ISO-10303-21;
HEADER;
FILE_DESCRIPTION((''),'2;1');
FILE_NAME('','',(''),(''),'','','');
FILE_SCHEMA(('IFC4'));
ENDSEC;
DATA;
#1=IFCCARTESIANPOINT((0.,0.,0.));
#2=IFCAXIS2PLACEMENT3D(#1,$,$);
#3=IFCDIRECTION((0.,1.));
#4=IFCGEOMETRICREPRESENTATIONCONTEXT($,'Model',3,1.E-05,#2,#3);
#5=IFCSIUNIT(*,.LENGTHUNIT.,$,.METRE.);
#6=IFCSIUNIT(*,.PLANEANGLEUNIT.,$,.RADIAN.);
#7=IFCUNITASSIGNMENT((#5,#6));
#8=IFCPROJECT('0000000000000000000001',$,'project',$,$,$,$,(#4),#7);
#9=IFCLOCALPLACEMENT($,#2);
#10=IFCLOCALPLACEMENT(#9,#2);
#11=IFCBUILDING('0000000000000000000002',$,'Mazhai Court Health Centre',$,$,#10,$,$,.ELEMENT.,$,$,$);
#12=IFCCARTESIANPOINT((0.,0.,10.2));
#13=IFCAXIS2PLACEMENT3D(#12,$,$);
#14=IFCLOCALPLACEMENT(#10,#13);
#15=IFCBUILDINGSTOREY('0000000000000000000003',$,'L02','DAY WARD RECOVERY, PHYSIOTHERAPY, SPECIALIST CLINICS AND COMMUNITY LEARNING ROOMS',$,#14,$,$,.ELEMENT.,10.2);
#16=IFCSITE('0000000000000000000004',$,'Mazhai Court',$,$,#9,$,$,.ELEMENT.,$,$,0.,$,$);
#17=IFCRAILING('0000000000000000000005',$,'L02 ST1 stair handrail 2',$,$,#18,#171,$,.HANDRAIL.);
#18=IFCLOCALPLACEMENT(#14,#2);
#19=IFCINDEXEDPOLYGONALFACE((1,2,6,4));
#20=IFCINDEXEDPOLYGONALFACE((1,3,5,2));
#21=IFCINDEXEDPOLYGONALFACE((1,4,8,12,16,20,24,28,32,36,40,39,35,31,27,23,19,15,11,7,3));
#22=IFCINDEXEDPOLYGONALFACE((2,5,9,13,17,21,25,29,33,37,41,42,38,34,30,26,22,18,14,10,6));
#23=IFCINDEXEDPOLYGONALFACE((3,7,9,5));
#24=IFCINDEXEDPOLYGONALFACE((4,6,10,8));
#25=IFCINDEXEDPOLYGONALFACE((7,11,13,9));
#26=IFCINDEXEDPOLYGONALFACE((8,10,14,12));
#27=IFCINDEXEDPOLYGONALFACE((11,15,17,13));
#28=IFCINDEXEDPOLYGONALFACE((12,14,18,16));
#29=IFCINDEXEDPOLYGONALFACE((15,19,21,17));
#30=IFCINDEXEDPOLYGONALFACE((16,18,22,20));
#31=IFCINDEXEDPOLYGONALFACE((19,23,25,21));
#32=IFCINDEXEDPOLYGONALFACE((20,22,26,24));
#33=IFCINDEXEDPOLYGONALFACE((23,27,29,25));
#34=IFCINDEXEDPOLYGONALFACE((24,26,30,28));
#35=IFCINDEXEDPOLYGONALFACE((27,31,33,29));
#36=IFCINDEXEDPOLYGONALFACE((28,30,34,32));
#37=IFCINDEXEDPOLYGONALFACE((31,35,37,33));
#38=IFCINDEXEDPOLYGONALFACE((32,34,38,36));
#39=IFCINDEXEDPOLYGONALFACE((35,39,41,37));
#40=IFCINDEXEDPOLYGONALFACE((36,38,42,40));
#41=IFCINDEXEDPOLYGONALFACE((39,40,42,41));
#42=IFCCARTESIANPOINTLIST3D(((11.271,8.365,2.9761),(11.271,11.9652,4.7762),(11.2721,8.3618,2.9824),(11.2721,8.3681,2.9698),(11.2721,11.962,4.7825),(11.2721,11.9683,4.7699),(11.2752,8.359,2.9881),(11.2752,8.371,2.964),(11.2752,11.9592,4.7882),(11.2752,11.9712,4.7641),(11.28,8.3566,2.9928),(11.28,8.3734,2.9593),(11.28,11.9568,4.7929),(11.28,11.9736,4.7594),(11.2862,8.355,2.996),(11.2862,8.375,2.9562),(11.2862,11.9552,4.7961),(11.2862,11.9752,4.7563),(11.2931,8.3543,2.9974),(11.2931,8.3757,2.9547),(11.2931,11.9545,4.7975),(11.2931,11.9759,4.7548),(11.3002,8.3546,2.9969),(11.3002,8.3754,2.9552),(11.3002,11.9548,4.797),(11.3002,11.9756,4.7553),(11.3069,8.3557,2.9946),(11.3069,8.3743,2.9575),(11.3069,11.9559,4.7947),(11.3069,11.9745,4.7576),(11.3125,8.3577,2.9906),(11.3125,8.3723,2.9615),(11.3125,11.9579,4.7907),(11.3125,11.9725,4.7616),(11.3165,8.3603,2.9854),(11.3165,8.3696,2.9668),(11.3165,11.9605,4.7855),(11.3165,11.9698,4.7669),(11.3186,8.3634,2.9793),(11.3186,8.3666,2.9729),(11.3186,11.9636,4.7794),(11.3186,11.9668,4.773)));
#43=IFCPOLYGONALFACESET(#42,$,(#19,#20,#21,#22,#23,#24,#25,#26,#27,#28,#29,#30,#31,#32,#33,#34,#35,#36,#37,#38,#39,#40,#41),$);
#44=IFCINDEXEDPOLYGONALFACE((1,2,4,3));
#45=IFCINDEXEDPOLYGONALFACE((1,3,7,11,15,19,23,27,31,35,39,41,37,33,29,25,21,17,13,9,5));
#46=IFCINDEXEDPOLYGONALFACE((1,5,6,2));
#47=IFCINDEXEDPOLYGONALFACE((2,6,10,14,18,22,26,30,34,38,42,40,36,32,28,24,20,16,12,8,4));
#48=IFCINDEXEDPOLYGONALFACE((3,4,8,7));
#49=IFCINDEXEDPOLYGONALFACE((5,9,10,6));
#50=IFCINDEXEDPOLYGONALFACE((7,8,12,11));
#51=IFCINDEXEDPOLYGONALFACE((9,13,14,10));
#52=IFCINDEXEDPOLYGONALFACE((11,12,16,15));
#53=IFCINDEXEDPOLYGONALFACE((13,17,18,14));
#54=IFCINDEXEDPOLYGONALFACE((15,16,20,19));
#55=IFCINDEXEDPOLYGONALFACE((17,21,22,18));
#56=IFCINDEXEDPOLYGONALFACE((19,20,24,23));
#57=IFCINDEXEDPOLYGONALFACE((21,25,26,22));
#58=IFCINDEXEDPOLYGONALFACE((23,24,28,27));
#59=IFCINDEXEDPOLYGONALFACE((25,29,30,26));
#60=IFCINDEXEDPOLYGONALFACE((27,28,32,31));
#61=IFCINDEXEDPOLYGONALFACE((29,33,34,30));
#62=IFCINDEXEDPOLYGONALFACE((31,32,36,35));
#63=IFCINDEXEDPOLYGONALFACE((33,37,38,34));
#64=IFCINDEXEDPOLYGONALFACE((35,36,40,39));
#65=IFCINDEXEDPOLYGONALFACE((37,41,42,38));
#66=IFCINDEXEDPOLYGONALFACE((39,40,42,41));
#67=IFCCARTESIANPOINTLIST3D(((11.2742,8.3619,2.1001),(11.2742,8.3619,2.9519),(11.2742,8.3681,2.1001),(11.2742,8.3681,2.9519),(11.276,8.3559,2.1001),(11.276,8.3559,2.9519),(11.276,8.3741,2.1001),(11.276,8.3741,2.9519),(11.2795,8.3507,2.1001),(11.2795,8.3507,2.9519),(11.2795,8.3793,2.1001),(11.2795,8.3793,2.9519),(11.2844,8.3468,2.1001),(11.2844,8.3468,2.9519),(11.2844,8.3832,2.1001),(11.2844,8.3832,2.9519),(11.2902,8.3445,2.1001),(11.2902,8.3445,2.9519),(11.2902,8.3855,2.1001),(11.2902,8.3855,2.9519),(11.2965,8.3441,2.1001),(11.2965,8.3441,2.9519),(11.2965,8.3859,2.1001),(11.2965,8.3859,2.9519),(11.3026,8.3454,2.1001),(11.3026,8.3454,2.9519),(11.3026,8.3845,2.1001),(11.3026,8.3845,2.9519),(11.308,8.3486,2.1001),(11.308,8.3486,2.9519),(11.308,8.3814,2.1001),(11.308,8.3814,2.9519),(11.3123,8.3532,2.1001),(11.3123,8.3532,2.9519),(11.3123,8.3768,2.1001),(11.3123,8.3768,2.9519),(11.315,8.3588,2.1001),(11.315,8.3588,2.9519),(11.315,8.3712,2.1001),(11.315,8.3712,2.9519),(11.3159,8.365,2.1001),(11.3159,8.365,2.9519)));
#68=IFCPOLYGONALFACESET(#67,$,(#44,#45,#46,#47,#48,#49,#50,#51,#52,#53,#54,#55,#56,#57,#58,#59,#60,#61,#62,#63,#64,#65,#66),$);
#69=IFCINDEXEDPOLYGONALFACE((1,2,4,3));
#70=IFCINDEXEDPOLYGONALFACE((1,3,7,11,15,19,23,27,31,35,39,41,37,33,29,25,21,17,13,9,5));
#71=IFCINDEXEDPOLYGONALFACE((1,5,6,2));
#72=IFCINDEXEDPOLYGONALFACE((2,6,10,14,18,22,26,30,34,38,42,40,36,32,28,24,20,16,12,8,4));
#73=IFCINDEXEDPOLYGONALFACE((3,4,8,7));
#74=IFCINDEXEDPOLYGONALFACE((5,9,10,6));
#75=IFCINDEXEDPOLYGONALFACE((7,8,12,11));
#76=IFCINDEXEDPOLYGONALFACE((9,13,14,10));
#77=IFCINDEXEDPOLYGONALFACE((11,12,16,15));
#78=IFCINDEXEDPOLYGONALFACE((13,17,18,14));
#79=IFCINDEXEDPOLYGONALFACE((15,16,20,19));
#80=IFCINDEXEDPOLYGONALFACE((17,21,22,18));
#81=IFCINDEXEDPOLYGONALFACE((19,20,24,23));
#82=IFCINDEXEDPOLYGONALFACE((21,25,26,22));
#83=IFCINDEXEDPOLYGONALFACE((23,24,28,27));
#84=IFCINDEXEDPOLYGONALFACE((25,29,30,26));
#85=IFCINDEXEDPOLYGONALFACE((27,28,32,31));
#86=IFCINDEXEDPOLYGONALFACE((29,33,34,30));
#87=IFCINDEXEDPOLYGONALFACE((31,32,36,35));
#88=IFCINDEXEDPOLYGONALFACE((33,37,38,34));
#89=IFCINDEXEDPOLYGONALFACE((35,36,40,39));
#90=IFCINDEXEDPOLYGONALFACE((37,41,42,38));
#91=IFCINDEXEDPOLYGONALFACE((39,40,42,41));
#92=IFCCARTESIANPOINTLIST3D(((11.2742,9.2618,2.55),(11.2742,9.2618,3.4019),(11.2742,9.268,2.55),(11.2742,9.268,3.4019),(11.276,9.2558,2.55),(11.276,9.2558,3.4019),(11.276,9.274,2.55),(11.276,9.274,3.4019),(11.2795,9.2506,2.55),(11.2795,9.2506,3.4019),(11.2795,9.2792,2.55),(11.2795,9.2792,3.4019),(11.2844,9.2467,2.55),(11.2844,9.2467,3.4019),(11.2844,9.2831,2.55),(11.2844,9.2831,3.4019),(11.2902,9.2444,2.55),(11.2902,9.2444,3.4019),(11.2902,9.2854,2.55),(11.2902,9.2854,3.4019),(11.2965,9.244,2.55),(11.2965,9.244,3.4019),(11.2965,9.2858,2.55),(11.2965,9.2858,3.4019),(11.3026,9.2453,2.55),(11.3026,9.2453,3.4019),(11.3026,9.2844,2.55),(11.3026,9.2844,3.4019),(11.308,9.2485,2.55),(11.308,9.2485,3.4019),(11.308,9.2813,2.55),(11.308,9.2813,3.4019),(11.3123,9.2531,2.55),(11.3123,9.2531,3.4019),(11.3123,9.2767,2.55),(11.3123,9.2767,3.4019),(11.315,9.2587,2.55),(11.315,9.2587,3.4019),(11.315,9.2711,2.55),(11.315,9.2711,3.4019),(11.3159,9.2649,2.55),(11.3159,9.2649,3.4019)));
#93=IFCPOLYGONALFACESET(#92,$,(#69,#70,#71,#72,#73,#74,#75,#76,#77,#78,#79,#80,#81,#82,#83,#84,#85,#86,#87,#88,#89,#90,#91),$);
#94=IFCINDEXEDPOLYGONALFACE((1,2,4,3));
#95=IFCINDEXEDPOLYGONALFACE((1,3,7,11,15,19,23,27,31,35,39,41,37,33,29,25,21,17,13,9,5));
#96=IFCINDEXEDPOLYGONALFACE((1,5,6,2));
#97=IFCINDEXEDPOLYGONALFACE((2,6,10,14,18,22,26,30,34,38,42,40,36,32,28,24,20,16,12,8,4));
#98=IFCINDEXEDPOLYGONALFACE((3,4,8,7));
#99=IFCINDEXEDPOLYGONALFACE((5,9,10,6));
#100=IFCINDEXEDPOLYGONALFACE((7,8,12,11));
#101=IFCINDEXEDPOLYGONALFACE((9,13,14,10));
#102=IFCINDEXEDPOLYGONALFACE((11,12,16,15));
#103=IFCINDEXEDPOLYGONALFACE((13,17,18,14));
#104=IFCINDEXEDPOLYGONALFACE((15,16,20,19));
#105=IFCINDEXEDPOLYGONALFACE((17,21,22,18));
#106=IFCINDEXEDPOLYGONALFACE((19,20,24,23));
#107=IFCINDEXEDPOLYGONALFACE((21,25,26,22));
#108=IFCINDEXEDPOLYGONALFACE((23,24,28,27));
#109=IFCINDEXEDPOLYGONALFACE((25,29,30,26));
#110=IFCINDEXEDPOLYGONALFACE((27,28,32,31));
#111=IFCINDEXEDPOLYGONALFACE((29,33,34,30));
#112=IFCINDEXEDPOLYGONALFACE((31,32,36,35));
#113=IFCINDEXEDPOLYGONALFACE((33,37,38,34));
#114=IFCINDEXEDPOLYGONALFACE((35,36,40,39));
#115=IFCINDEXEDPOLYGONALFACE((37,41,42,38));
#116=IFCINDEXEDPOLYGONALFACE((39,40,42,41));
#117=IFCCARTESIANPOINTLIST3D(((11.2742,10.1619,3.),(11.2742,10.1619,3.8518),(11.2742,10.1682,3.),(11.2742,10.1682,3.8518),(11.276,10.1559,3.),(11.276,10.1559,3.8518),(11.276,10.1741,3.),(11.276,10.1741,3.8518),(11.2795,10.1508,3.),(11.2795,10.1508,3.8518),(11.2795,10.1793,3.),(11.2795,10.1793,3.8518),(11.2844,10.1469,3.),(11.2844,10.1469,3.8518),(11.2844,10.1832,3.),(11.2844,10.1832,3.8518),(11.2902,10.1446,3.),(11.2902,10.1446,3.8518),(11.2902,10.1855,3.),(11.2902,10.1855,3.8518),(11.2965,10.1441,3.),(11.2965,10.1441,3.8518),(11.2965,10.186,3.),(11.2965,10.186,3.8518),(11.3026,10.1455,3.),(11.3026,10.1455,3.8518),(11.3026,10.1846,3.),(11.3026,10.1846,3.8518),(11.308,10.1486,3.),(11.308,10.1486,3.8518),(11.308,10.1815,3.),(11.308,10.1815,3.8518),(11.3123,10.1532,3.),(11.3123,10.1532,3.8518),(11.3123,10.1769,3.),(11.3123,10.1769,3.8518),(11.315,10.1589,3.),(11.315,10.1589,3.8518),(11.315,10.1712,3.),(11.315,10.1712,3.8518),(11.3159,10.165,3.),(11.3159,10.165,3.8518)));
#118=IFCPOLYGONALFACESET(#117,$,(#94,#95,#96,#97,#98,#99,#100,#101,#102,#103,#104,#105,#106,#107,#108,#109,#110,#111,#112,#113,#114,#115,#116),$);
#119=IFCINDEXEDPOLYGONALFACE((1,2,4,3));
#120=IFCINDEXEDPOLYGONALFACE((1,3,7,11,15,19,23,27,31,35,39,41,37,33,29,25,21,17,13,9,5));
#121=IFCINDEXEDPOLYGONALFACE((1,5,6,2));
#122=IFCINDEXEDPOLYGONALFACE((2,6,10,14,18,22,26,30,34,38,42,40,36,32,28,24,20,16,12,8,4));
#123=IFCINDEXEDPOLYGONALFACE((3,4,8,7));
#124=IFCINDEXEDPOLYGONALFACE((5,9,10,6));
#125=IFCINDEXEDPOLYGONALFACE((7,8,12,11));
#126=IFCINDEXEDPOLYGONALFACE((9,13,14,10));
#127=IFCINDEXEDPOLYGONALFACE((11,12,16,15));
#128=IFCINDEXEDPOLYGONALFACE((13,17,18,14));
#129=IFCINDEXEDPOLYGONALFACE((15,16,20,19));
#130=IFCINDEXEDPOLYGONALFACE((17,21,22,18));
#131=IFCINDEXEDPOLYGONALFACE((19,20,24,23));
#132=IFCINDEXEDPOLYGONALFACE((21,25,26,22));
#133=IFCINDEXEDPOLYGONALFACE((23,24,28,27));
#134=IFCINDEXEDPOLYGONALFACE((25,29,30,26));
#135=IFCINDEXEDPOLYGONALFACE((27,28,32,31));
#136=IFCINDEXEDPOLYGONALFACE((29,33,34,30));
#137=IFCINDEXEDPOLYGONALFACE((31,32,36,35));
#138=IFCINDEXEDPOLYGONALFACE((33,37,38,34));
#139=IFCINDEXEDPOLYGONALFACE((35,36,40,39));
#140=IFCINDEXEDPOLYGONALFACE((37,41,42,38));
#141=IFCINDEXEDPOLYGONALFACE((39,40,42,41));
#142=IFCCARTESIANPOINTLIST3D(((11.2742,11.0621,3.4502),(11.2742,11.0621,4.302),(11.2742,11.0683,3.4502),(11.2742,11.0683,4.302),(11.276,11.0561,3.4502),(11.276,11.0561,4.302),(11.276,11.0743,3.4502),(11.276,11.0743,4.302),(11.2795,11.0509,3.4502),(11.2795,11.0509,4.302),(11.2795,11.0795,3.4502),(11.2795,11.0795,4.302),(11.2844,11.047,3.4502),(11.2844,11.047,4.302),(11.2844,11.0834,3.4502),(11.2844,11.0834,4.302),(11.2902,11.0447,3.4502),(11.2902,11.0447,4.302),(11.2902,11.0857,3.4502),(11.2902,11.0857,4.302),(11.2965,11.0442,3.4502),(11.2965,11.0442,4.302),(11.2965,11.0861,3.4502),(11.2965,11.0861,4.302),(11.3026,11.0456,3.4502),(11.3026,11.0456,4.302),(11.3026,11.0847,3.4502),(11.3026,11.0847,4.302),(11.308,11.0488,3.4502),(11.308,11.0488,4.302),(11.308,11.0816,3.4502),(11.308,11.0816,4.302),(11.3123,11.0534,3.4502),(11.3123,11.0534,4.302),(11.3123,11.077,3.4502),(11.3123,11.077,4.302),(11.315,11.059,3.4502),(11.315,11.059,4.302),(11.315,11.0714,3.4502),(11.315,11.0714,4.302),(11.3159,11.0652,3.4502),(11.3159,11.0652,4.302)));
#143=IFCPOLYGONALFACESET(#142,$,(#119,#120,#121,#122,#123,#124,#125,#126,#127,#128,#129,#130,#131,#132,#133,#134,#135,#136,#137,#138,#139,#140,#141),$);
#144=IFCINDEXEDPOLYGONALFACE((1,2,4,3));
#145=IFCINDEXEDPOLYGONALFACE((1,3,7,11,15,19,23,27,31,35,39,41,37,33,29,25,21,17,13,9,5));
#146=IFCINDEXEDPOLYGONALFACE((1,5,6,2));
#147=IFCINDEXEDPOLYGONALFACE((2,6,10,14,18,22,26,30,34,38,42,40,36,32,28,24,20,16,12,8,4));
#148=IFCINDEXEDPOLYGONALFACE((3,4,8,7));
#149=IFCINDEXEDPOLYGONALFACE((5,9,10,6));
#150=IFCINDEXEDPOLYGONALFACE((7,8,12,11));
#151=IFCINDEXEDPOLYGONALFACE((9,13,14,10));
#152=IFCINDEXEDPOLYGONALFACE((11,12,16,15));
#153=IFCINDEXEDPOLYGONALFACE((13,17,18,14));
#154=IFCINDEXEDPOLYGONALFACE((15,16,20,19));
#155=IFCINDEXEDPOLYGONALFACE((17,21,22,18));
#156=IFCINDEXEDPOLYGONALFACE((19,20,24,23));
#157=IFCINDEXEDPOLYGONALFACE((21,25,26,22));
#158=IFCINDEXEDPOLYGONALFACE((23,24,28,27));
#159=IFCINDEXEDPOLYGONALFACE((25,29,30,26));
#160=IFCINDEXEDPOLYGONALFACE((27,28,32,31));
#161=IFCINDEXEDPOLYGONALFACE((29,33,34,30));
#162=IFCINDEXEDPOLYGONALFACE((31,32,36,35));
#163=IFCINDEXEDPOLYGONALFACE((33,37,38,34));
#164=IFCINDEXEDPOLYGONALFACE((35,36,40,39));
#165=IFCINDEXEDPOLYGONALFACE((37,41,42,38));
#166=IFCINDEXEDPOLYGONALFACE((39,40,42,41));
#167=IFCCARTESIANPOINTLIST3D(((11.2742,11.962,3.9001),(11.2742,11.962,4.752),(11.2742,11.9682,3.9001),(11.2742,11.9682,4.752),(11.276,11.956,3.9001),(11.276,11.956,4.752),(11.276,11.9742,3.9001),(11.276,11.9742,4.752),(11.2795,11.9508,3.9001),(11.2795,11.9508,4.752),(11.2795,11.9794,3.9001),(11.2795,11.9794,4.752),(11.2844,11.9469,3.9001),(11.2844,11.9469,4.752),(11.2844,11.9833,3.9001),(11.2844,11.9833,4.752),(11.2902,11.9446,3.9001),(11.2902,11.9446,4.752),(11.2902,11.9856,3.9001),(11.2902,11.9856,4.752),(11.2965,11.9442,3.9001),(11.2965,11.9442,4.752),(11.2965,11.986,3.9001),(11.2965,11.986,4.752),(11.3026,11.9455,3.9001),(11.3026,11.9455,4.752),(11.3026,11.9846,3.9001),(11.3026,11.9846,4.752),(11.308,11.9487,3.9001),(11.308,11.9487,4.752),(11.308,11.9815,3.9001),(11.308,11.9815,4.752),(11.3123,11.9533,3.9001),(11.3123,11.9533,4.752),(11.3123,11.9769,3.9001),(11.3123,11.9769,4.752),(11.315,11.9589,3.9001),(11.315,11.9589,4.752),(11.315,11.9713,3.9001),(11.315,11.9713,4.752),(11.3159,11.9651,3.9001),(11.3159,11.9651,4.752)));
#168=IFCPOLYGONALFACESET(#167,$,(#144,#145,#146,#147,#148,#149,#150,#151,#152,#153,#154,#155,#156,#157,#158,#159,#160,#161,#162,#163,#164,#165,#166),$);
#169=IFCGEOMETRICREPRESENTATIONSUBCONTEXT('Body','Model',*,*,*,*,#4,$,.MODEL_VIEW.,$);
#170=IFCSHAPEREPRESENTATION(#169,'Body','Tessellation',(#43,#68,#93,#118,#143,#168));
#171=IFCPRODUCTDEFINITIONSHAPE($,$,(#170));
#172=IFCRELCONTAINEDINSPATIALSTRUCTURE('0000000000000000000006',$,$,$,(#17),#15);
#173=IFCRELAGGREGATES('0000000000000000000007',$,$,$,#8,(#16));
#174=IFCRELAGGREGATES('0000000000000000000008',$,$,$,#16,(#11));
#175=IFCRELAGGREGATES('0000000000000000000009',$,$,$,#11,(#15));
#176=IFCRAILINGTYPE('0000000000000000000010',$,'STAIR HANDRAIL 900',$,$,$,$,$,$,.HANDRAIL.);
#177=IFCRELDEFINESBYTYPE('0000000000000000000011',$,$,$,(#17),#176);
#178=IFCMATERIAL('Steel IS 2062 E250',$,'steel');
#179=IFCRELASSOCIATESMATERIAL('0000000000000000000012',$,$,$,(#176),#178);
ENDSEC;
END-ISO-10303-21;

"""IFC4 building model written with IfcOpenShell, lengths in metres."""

from ifc_helpers import new_model, si_unit, direction, frame, origin, origin_2d, place, context, subcontext, project, spatial, circle, extrude, material, type_object, element, save


model = new_model("IFC4")

# Units and contexts
model_context = context("Model", 3, precision=1e-05, world=origin(), true_north=direction((0.0, 1.0)))
body_context = subcontext(model_context, "Body", "Model", "MODEL_VIEW")
ifc_project = project(units=[si_unit("LENGTHUNIT", "METRE"), si_unit("PLANEANGLEUNIT", "RADIAN")], contexts=[model_context])

# Site, building, storey
site_placement = place(None, origin())
site = spatial("IfcSite", under=ifc_project, at=site_placement, Name="Mazhai Court", CompositionType="ELEMENT", RefElevation=0.0)
building_placement = place(site_placement, origin())
building = spatial("IfcBuilding", under=site, at=building_placement, Name="Mazhai Court Health Centre", CompositionType="ELEMENT")
storey_placement = place(building_placement, frame((0.0, 0.0, 10.2)))
storey = spatial("IfcBuildingStorey", under=building, at=storey_placement, Name="L02", Description="DAY WARD RECOVERY, PHYSIOTHERAPY, SPECIALIST CLINICS AND COMMUNITY LEARNING ROOMS", CompositionType="ELEMENT", Elevation=10.2)

# Railing
ifc_material_1 = material(Name="Steel IS 2062 E250", Category="steel")
railing_type_1 = type_object("IfcRailingType", Name="STAIR HANDRAIL 900", PredefinedType="HANDRAIL", material=ifc_material_1)
railing_1_placement = place(storey_placement, frame((11.2949, 8.365, 2.1001)))
element("IfcRailing", 1, at=railing_1_placement, inside=storey, type_object=railing_type_1, Name="L02 ST1 stair handrail 2", PredefinedType="HANDRAIL", context=body_context, shape_type="SweptSolid", body=[
    extrude(circle(Radius=0.0239, at=origin_2d()), frame((0.0, 0.0, 0.876), z_axis=(0.0, 0.894427, 0.447214), x_axis=(-1.0, 0.0, 0.0)), (0.0, 0.0, 1.0), 4.0251),
    extrude(circle(Radius=0.021, at=origin_2d()), origin(), (0.0, 0.0, 1.0), 0.8518),
    extrude(circle(Radius=0.021, at=origin_2d()), frame((0.0, 0.8999, 0.45)), (0.0, 0.0, 1.0), 0.8518),
    extrude(circle(Radius=0.021, at=origin_2d()), frame((0.0, 1.8, 0.8999)), (0.0, 0.0, 1.0), 0.8518),
    extrude(circle(Radius=0.021, at=origin_2d()), frame((0.0, 2.7002, 1.3501)), (0.0, 0.0, 1.0), 0.8518),
    extrude(circle(Radius=0.021, at=origin_2d()), frame((0.0, 3.6001, 1.8)), (0.0, 0.0, 1.0), 0.8518),
])

save(model, "model.ifc")
